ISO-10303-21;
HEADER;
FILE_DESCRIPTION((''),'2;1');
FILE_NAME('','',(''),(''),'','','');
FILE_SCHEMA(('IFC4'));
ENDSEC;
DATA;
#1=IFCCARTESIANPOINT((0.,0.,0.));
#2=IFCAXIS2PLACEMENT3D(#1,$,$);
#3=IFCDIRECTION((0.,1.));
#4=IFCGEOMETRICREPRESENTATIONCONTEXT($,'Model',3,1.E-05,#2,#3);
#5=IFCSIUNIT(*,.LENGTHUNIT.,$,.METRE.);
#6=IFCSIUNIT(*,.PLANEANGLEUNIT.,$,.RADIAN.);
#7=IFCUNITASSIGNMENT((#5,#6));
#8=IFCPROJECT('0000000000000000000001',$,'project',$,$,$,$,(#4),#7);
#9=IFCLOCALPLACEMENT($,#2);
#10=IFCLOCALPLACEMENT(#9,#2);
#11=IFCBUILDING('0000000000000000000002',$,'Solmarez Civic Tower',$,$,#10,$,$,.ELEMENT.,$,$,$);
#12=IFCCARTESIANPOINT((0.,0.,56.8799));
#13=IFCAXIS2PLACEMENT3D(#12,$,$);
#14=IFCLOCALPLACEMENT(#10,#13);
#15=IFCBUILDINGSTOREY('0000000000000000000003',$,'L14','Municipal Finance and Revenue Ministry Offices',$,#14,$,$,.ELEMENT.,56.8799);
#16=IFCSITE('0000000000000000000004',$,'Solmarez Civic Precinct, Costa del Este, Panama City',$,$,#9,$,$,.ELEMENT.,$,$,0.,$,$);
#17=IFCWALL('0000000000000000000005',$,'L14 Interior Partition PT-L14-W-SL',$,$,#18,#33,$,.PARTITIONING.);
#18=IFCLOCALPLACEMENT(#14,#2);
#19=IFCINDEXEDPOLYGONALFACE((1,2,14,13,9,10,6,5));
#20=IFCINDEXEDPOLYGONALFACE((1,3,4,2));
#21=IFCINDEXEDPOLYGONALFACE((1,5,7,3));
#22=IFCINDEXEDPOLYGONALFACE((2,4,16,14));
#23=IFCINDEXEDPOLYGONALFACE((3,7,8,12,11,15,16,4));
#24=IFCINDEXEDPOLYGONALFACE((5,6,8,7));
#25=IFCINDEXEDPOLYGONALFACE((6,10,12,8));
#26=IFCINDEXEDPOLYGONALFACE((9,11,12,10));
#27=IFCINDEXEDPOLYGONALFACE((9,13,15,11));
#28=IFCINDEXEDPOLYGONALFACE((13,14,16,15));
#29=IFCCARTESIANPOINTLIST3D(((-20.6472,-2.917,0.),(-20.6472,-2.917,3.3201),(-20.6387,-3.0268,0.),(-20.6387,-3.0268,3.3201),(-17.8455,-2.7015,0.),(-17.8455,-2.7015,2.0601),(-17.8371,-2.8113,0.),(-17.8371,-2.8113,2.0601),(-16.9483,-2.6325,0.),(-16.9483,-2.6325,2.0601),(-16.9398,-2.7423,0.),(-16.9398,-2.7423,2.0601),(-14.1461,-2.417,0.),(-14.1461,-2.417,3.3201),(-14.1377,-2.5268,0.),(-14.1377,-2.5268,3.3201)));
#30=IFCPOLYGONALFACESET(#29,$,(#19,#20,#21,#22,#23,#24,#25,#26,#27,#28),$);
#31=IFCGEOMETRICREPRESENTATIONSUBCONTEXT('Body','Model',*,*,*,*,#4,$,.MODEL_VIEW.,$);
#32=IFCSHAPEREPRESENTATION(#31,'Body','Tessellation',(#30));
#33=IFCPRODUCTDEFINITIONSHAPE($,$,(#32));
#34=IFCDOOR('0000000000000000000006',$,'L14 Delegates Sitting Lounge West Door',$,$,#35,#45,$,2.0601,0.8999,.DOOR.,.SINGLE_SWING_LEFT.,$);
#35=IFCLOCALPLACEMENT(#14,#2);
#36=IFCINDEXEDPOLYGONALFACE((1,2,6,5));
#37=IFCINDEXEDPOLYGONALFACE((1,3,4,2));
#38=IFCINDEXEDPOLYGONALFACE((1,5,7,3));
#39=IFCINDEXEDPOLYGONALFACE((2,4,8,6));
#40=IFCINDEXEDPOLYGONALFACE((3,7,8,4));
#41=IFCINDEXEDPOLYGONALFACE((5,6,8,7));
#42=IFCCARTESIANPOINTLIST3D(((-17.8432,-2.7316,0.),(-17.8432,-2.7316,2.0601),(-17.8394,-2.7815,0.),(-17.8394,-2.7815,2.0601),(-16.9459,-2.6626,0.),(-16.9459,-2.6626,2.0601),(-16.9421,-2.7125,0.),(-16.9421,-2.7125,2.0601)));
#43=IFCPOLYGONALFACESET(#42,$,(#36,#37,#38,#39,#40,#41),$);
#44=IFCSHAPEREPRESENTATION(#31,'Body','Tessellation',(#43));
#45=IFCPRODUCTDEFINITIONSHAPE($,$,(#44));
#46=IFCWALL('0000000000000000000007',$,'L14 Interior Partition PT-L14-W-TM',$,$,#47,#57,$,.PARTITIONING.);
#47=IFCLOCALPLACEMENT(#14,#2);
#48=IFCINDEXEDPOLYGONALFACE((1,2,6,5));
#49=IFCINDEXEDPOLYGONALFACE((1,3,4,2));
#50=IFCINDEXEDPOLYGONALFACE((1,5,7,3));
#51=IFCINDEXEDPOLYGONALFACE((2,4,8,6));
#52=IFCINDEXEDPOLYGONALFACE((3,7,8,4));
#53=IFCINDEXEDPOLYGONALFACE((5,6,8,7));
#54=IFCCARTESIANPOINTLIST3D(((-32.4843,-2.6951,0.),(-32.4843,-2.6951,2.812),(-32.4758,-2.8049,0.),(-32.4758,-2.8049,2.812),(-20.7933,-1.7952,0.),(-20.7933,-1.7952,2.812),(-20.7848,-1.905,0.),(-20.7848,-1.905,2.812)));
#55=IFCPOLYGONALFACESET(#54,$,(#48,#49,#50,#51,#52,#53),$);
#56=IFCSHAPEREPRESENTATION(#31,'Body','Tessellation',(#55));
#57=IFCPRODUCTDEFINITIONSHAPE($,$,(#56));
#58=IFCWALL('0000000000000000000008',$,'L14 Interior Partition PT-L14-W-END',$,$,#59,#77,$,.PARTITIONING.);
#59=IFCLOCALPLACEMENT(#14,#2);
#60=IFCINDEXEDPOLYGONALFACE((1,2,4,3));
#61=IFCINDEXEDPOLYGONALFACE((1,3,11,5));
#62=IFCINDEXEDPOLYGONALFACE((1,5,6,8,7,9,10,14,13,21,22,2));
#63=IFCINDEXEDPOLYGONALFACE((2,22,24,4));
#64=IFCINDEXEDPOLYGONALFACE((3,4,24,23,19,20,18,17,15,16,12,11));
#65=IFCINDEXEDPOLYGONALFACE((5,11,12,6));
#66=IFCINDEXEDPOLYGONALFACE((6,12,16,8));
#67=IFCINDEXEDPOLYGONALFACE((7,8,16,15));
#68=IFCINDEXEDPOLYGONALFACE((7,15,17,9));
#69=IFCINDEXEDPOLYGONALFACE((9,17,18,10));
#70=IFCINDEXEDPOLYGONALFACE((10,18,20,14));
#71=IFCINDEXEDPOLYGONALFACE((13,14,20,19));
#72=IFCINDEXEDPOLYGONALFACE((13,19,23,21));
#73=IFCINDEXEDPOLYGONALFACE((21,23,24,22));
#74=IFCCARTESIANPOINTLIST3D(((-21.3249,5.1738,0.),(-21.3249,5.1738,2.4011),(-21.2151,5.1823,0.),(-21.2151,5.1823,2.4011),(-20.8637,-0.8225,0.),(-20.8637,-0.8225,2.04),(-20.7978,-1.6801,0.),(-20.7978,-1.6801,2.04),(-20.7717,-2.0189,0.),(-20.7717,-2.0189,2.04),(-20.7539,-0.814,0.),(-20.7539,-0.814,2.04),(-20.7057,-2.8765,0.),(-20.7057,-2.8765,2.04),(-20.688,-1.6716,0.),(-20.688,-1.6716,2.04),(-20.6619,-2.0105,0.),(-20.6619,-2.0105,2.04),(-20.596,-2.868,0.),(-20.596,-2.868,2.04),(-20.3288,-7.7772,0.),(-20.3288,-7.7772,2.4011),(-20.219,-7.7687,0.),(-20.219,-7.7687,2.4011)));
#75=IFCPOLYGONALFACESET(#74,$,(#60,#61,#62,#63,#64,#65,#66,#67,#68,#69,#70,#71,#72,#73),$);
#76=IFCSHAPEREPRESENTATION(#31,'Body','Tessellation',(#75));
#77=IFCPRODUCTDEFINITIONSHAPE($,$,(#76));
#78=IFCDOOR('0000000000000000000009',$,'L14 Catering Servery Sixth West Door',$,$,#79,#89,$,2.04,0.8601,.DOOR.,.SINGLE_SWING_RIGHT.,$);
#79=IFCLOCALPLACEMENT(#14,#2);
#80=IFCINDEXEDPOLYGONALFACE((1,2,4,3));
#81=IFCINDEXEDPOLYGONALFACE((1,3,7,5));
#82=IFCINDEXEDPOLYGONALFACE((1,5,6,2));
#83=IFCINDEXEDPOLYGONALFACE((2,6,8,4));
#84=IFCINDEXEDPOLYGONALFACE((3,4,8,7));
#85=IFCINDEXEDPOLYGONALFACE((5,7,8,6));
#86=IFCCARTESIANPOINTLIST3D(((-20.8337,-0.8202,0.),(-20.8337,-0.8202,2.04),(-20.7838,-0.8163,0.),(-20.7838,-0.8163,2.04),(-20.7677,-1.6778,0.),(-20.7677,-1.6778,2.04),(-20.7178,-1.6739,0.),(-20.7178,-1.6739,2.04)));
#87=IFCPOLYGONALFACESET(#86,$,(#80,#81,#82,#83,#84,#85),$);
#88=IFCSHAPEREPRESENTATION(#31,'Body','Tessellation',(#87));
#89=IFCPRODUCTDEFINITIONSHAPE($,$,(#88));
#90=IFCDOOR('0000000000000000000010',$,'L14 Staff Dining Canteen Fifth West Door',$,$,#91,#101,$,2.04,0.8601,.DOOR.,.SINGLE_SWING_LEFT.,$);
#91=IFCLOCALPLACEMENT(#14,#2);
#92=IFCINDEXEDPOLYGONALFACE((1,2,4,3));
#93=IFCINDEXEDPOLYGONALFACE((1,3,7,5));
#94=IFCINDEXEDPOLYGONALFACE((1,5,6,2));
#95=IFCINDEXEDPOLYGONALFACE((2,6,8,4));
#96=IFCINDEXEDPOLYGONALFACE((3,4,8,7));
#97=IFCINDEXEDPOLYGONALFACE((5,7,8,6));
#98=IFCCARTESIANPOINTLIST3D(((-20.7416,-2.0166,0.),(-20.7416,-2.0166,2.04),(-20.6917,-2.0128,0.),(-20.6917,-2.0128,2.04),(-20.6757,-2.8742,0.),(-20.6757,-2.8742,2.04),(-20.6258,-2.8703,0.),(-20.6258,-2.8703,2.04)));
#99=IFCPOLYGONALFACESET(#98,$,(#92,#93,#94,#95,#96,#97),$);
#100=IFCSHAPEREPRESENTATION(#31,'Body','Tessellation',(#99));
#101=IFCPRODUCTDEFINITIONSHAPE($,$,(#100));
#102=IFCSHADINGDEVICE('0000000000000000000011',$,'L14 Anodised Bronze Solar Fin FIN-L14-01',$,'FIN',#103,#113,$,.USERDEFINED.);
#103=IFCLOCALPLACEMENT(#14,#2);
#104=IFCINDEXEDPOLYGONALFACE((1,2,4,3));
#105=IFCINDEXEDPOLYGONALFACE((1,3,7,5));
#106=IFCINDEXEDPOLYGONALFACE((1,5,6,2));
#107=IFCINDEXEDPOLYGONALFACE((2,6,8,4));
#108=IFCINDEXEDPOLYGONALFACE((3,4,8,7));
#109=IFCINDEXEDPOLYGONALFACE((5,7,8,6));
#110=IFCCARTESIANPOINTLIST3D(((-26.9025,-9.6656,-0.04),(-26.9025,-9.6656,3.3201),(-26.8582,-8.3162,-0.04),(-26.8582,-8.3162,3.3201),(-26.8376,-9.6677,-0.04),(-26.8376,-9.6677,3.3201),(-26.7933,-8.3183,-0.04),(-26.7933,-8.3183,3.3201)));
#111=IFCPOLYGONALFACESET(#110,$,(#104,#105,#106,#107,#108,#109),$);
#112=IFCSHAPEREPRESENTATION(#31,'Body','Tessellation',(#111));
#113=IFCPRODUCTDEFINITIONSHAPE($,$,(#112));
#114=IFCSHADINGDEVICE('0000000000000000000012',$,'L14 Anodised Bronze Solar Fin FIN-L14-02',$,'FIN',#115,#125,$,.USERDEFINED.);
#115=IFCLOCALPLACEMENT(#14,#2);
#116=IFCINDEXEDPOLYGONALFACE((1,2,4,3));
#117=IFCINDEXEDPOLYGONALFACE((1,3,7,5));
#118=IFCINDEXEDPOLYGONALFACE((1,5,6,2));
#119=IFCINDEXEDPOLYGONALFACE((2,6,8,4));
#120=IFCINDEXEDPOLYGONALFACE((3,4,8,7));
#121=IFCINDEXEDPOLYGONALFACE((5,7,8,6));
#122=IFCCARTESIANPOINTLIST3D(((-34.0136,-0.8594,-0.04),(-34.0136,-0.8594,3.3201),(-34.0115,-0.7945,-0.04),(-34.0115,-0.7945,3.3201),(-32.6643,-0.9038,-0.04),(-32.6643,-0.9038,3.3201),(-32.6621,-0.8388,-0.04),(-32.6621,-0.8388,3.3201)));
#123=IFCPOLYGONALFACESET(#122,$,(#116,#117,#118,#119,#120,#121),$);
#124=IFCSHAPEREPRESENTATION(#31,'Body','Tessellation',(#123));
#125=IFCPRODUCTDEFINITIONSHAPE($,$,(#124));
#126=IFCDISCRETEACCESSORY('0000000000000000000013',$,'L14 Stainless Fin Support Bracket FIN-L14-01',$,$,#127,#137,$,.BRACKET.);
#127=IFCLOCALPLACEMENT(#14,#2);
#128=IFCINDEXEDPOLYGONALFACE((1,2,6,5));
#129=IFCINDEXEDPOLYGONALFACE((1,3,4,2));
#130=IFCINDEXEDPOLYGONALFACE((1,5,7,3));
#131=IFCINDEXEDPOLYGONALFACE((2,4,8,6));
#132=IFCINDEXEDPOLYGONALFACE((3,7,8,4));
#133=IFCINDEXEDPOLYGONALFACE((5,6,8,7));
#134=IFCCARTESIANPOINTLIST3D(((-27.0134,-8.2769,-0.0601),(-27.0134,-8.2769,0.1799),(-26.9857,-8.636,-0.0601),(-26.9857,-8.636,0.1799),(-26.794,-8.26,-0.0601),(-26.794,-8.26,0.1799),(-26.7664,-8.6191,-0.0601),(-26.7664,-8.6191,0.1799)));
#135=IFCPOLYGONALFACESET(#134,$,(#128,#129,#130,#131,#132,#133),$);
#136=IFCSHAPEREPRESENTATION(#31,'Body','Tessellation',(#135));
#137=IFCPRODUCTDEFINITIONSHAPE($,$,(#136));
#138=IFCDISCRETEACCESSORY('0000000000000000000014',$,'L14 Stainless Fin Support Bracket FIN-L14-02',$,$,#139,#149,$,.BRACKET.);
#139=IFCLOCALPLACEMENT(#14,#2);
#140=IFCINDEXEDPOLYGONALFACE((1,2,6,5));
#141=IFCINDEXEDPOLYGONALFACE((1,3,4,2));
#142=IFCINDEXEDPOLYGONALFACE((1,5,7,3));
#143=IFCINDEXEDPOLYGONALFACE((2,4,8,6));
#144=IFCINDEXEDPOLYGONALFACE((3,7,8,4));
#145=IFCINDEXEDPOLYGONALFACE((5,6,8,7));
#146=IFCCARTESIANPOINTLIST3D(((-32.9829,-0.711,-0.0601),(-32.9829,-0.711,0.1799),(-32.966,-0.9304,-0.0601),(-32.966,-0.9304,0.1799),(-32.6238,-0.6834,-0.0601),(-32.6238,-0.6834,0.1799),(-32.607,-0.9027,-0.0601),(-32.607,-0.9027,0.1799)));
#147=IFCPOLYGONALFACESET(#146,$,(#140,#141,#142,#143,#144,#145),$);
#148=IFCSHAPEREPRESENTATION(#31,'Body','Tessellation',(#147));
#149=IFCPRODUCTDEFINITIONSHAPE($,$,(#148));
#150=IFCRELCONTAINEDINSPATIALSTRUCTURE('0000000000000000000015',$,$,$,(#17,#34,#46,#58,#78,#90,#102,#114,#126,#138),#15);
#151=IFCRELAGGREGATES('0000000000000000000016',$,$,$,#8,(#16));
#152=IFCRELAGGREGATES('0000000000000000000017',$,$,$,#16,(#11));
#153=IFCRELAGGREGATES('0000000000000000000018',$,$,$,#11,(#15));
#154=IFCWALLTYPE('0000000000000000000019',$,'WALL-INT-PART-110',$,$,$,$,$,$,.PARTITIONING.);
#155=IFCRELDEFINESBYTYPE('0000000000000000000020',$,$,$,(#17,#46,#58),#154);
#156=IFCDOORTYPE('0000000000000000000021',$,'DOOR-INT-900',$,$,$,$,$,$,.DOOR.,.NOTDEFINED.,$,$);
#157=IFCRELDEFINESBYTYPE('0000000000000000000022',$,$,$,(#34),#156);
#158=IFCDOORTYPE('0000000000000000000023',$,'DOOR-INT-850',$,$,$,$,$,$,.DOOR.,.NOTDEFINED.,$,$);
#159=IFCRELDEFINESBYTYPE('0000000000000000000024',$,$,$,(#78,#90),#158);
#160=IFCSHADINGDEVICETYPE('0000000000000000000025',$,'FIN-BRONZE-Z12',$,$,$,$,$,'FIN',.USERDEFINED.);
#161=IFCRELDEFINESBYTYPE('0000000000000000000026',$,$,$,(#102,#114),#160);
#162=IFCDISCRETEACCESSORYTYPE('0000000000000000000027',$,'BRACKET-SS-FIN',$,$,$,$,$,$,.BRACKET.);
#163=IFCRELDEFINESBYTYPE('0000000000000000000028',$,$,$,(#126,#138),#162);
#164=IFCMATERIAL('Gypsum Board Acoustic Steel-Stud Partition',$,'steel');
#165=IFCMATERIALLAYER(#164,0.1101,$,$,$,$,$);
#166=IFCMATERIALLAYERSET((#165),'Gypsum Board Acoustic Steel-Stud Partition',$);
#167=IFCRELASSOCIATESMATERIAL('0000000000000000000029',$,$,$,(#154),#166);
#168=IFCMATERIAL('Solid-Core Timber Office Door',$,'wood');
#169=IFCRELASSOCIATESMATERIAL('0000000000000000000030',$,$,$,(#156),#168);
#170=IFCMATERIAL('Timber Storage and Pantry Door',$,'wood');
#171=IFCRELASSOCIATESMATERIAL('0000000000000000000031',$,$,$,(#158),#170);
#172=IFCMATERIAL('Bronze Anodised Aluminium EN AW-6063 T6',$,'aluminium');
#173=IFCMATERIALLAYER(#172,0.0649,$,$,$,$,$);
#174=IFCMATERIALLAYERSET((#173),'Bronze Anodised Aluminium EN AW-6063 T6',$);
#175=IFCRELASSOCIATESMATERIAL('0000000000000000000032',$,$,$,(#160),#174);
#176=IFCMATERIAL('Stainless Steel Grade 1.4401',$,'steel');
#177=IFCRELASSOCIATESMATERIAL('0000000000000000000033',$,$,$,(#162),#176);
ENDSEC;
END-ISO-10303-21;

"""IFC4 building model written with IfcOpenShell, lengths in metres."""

from ifc_helpers import new_model, si_unit, direction, frame, frame_2d, origin, origin_2d, place, context, subcontext, project, spatial, rectangle, extrude, material, layer, layer_set, type_object, element, fill, save


model = new_model("IFC4")

# Units and contexts
model_context = context("Model", 3, precision=1e-05, world=origin(), true_north=direction((0.0, 1.0)))
body_context = subcontext(model_context, "Body", "Model", "MODEL_VIEW")
ifc_project = project(units=[si_unit("LENGTHUNIT", "METRE"), si_unit("PLANEANGLEUNIT", "RADIAN")], contexts=[model_context])

# Site, building, storey
site_placement = place(None, origin())
site = spatial("IfcSite", under=ifc_project, at=site_placement, Name="Solmarez Civic Precinct, Costa del Este, Panama City", CompositionType="ELEMENT", RefElevation=0.0)
building_placement = place(site_placement, origin())
building = spatial("IfcBuilding", under=site, at=building_placement, Name="Solmarez Civic Tower", CompositionType="ELEMENT")
storey_placement = place(building_placement, frame((0.0, 0.0, 56.8799)))
storey = spatial("IfcBuildingStorey", under=building, at=storey_placement, Name="L14", Description="Municipal Finance and Revenue Ministry Offices", CompositionType="ELEMENT", Elevation=56.8799)

# Wall, opening, door
ifc_material_1 = material(Name="Gypsum Board Acoustic Steel-Stud Partition", Category="steel")
ifc_layer_1 = layer(ifc_material_1, 0.1101)
ifc_layer_set_1 = layer_set([ifc_layer_1], Name="Gypsum Board Acoustic Steel-Stud Partition")
wall_type_1 = type_object("IfcWallType", Name="WALL-INT-PART-110", PredefinedType="PARTITIONING", material=ifc_layer_set_1)
wall_1_placement = place(storey_placement, frame((-20.6431, -2.9719, 0.0), z_axis=(0.0, 0.0, 1.0), x_axis=(0.997055, 0.076685, 0.0)))
wall_1 = element("IfcWall", 1, at=wall_1_placement, inside=storey, type_object=wall_type_1, Name="L14 Interior Partition PT-L14-W-SL", PredefinedType="PARTITIONING", context=body_context, shape_type="SweptSolid", body=[
    extrude(rectangle(XDim=6.5203, YDim=0.1101, at=frame_2d((3.2603, 0.0))), origin(), (0.0, 0.0, 1.0), 3.3201),
])
opening_1_placement = place(wall_1_placement, frame((2.8101, 0.0, 0.0)))
opening_1 = element("IfcOpeningElement", 2, at=opening_1_placement, cuts=wall_1, PredefinedType="OPENING", context=body_context, shape_type="SweptSolid", body=[
    extrude(rectangle(XDim=0.8999, YDim=2.0601, at=frame_2d((0.45, 1.03))), frame((0.0, 0.0649, 0.0), z_axis=(0.0, -1.0, 0.0), x_axis=(1.0, 0.0, 0.0)), (0.0, 0.0, 1.0), 0.1301),
])
ifc_material_2 = material(Name="Solid-Core Timber Office Door", Category="wood")
door_type_1 = type_object("IfcDoorType", Name="DOOR-INT-900", OperationType="NOTDEFINED", PredefinedType="DOOR", material=ifc_material_2)
door_1_placement = place(opening_1_placement, origin())
door_1 = element("IfcDoor", 3, at=door_1_placement, inside=storey, type_object=door_type_1, Name="L14 Delegates Sitting Lounge West Door", OperationType="SINGLE_SWING_LEFT", OverallHeight=2.0601, OverallWidth=0.8999, PredefinedType="DOOR", context=body_context, shape_type="SweptSolid", body=[
    extrude(rectangle(XDim=0.8999, YDim=2.0601, at=frame_2d((0.45, 1.03))), frame((0.0, 0.0249, 0.0), z_axis=(0.0, -1.0, 0.0), x_axis=(1.0, 0.0, 0.0)), (0.0, 0.0, 1.0), 0.05),
])
fill(opening_1, door_1)

# Wall
wall_2_placement = place(storey_placement, frame((-20.7891, -1.8501, 0.0), z_axis=(0.0, 0.0, 1.0), x_axis=(-0.997051, -0.076747, 0.0)))
element("IfcWall", 4, at=wall_2_placement, inside=storey, type_object=wall_type_1, Name="L14 Interior Partition PT-L14-W-TM", PredefinedType="PARTITIONING", context=body_context, shape_type="SweptSolid", body=[
    extrude(rectangle(XDim=11.7256, YDim=0.1101, at=frame_2d((5.8628, 0.0))), origin(), (0.0, 0.0, 1.0), 2.812),
])

# Wall, openings, doors
wall_3_placement = place(storey_placement, frame((-20.2739, -7.7729, 0.0), z_axis=(0.0, 0.0, 1.0), x_axis=(-0.076686, 0.997055, 0.0)))
wall_3 = element("IfcWall", 5, at=wall_3_placement, inside=storey, type_object=wall_type_1, Name="L14 Interior Partition PT-L14-W-END", PredefinedType="PARTITIONING", context=body_context, shape_type="SweptSolid", body=[
    extrude(rectangle(XDim=12.9893, YDim=0.1101, at=frame_2d((6.4946, 0.0))), origin(), (0.0, 0.0, 1.0), 2.4011),
])
opening_2_placement = place(wall_3_placement, frame((6.115, 0.0, 0.0)))
opening_2 = element("IfcOpeningElement", 6, at=opening_2_placement, cuts=wall_3, PredefinedType="OPENING", context=body_context, shape_type="SweptSolid", body=[
    extrude(rectangle(XDim=0.8601, YDim=2.04, at=frame_2d((0.4302, 1.02))), frame((0.0, 0.0649, 0.0), z_axis=(0.0, -1.0, 0.0), x_axis=(1.0, 0.0, 0.0)), (0.0, 0.0, 1.0), 0.1301),
])
opening_3_placement = place(wall_3_placement, frame((4.915, 0.0, 0.0)))
opening_3 = element("IfcOpeningElement", 7, at=opening_3_placement, cuts=wall_3, PredefinedType="OPENING", context=body_context, shape_type="SweptSolid", body=[
    extrude(rectangle(XDim=0.8601, YDim=2.04, at=frame_2d((0.4302, 1.02))), frame((0.0, 0.0649, 0.0), z_axis=(0.0, -1.0, 0.0), x_axis=(1.0, 0.0, 0.0)), (0.0, 0.0, 1.0), 0.1301),
])
ifc_material_3 = material(Name="Timber Storage and Pantry Door", Category="wood")
door_type_2 = type_object("IfcDoorType", Name="DOOR-INT-850", OperationType="NOTDEFINED", PredefinedType="DOOR", material=ifc_material_3)
door_2_placement = place(opening_2_placement, origin())
door_2 = element("IfcDoor", 8, at=door_2_placement, inside=storey, type_object=door_type_2, Name="L14 Catering Servery Sixth West Door", OperationType="SINGLE_SWING_RIGHT", OverallHeight=2.04, OverallWidth=0.8601, PredefinedType="DOOR", context=body_context, shape_type="SweptSolid", body=[
    extrude(rectangle(XDim=0.8601, YDim=2.04, at=frame_2d((0.4302, 1.02))), frame((0.0, 0.0249, 0.0), z_axis=(0.0, -1.0, 0.0), x_axis=(1.0, 0.0, 0.0)), (0.0, 0.0, 1.0), 0.05),
])
fill(opening_2, door_2)
door_3_placement = place(opening_3_placement, origin())
door_3 = element("IfcDoor", 9, at=door_3_placement, inside=storey, type_object=door_type_2, Name="L14 Staff Dining Canteen Fifth West Door", OperationType="SINGLE_SWING_LEFT", OverallHeight=2.04, OverallWidth=0.8601, PredefinedType="DOOR", context=body_context, shape_type="SweptSolid", body=[
    extrude(rectangle(XDim=0.8601, YDim=2.04, at=frame_2d((0.4302, 1.02))), frame((0.0, 0.0249, 0.0), z_axis=(0.0, -1.0, 0.0), x_axis=(1.0, 0.0, 0.0)), (0.0, 0.0, 1.0), 0.05),
])
fill(opening_3, door_3)

# Shading devices
ifc_material_4 = material(Name="Bronze Anodised Aluminium EN AW-6063 T6", Category="aluminium")
ifc_layer_2 = layer(ifc_material_4, 0.0649)
ifc_layer_set_2 = layer_set([ifc_layer_2], Name="Bronze Anodised Aluminium EN AW-6063 T6")
shading_device_type = type_object("IfcShadingDeviceType", Name="FIN-BRONZE-Z12", ElementType="FIN", PredefinedType="USERDEFINED", material=ifc_layer_set_2)
for number, where, z_axis, x_axis, name in (
    (10, (-26.8479, -8.9919, -0.04), (0.0, 0.0, 1.0), (-0.032876, -0.999459, 0.0), "L14 Anodised Bronze Solar Fin FIN-L14-01"),
    (11, (-33.3379, -0.8491, -0.04), (0.0, 0.0, 1.0), (-0.99946, 0.032859, 0.0), "L14 Anodised Bronze Solar Fin FIN-L14-02"),
):
    element("IfcShadingDevice", number, at=place(storey_placement, frame(where, z_axis=z_axis, x_axis=x_axis)), inside=storey, type_object=shading_device_type, Name=name, ObjectType="FIN", PredefinedType="USERDEFINED", context=body_context, shape_type="SweptSolid", body=[
        extrude(rectangle(XDim=1.3501, YDim=0.0649, at=origin_2d()), origin(), (0.0, 0.0, 1.0), 3.3601),
    ])

# Discrete accessories
ifc_material_5 = material(Name="Stainless Steel Grade 1.4401", Category="steel")
discrete_accessory_type = type_object("IfcDiscreteAccessoryType", Name="BRACKET-SS-FIN", PredefinedType="BRACKET", material=ifc_material_5)
for number, where, z_axis, x_axis, name in (
    (12, (-26.8899, -8.448, -0.0601), (0.0, 0.0, 1.0), (0.076701, -0.997054, 0.0), "L14 Stainless Fin Support Bracket FIN-L14-01"),
    (13, (-32.7949, -0.8069, -0.0601), (0.0, 0.0, 1.0), (-0.997053, -0.076712, 0.0), "L14 Stainless Fin Support Bracket FIN-L14-02"),
):
    element("IfcDiscreteAccessory", number, at=place(storey_placement, frame(where, z_axis=z_axis, x_axis=x_axis)), inside=storey, type_object=discrete_accessory_type, Name=name, PredefinedType="BRACKET", context=body_context, shape_type="SweptSolid", body=[
        extrude(rectangle(XDim=0.3601, YDim=0.22, at=origin_2d()), origin(), (0.0, 0.0, 1.0), 0.24),
    ])

save(model, "model.ifc")
